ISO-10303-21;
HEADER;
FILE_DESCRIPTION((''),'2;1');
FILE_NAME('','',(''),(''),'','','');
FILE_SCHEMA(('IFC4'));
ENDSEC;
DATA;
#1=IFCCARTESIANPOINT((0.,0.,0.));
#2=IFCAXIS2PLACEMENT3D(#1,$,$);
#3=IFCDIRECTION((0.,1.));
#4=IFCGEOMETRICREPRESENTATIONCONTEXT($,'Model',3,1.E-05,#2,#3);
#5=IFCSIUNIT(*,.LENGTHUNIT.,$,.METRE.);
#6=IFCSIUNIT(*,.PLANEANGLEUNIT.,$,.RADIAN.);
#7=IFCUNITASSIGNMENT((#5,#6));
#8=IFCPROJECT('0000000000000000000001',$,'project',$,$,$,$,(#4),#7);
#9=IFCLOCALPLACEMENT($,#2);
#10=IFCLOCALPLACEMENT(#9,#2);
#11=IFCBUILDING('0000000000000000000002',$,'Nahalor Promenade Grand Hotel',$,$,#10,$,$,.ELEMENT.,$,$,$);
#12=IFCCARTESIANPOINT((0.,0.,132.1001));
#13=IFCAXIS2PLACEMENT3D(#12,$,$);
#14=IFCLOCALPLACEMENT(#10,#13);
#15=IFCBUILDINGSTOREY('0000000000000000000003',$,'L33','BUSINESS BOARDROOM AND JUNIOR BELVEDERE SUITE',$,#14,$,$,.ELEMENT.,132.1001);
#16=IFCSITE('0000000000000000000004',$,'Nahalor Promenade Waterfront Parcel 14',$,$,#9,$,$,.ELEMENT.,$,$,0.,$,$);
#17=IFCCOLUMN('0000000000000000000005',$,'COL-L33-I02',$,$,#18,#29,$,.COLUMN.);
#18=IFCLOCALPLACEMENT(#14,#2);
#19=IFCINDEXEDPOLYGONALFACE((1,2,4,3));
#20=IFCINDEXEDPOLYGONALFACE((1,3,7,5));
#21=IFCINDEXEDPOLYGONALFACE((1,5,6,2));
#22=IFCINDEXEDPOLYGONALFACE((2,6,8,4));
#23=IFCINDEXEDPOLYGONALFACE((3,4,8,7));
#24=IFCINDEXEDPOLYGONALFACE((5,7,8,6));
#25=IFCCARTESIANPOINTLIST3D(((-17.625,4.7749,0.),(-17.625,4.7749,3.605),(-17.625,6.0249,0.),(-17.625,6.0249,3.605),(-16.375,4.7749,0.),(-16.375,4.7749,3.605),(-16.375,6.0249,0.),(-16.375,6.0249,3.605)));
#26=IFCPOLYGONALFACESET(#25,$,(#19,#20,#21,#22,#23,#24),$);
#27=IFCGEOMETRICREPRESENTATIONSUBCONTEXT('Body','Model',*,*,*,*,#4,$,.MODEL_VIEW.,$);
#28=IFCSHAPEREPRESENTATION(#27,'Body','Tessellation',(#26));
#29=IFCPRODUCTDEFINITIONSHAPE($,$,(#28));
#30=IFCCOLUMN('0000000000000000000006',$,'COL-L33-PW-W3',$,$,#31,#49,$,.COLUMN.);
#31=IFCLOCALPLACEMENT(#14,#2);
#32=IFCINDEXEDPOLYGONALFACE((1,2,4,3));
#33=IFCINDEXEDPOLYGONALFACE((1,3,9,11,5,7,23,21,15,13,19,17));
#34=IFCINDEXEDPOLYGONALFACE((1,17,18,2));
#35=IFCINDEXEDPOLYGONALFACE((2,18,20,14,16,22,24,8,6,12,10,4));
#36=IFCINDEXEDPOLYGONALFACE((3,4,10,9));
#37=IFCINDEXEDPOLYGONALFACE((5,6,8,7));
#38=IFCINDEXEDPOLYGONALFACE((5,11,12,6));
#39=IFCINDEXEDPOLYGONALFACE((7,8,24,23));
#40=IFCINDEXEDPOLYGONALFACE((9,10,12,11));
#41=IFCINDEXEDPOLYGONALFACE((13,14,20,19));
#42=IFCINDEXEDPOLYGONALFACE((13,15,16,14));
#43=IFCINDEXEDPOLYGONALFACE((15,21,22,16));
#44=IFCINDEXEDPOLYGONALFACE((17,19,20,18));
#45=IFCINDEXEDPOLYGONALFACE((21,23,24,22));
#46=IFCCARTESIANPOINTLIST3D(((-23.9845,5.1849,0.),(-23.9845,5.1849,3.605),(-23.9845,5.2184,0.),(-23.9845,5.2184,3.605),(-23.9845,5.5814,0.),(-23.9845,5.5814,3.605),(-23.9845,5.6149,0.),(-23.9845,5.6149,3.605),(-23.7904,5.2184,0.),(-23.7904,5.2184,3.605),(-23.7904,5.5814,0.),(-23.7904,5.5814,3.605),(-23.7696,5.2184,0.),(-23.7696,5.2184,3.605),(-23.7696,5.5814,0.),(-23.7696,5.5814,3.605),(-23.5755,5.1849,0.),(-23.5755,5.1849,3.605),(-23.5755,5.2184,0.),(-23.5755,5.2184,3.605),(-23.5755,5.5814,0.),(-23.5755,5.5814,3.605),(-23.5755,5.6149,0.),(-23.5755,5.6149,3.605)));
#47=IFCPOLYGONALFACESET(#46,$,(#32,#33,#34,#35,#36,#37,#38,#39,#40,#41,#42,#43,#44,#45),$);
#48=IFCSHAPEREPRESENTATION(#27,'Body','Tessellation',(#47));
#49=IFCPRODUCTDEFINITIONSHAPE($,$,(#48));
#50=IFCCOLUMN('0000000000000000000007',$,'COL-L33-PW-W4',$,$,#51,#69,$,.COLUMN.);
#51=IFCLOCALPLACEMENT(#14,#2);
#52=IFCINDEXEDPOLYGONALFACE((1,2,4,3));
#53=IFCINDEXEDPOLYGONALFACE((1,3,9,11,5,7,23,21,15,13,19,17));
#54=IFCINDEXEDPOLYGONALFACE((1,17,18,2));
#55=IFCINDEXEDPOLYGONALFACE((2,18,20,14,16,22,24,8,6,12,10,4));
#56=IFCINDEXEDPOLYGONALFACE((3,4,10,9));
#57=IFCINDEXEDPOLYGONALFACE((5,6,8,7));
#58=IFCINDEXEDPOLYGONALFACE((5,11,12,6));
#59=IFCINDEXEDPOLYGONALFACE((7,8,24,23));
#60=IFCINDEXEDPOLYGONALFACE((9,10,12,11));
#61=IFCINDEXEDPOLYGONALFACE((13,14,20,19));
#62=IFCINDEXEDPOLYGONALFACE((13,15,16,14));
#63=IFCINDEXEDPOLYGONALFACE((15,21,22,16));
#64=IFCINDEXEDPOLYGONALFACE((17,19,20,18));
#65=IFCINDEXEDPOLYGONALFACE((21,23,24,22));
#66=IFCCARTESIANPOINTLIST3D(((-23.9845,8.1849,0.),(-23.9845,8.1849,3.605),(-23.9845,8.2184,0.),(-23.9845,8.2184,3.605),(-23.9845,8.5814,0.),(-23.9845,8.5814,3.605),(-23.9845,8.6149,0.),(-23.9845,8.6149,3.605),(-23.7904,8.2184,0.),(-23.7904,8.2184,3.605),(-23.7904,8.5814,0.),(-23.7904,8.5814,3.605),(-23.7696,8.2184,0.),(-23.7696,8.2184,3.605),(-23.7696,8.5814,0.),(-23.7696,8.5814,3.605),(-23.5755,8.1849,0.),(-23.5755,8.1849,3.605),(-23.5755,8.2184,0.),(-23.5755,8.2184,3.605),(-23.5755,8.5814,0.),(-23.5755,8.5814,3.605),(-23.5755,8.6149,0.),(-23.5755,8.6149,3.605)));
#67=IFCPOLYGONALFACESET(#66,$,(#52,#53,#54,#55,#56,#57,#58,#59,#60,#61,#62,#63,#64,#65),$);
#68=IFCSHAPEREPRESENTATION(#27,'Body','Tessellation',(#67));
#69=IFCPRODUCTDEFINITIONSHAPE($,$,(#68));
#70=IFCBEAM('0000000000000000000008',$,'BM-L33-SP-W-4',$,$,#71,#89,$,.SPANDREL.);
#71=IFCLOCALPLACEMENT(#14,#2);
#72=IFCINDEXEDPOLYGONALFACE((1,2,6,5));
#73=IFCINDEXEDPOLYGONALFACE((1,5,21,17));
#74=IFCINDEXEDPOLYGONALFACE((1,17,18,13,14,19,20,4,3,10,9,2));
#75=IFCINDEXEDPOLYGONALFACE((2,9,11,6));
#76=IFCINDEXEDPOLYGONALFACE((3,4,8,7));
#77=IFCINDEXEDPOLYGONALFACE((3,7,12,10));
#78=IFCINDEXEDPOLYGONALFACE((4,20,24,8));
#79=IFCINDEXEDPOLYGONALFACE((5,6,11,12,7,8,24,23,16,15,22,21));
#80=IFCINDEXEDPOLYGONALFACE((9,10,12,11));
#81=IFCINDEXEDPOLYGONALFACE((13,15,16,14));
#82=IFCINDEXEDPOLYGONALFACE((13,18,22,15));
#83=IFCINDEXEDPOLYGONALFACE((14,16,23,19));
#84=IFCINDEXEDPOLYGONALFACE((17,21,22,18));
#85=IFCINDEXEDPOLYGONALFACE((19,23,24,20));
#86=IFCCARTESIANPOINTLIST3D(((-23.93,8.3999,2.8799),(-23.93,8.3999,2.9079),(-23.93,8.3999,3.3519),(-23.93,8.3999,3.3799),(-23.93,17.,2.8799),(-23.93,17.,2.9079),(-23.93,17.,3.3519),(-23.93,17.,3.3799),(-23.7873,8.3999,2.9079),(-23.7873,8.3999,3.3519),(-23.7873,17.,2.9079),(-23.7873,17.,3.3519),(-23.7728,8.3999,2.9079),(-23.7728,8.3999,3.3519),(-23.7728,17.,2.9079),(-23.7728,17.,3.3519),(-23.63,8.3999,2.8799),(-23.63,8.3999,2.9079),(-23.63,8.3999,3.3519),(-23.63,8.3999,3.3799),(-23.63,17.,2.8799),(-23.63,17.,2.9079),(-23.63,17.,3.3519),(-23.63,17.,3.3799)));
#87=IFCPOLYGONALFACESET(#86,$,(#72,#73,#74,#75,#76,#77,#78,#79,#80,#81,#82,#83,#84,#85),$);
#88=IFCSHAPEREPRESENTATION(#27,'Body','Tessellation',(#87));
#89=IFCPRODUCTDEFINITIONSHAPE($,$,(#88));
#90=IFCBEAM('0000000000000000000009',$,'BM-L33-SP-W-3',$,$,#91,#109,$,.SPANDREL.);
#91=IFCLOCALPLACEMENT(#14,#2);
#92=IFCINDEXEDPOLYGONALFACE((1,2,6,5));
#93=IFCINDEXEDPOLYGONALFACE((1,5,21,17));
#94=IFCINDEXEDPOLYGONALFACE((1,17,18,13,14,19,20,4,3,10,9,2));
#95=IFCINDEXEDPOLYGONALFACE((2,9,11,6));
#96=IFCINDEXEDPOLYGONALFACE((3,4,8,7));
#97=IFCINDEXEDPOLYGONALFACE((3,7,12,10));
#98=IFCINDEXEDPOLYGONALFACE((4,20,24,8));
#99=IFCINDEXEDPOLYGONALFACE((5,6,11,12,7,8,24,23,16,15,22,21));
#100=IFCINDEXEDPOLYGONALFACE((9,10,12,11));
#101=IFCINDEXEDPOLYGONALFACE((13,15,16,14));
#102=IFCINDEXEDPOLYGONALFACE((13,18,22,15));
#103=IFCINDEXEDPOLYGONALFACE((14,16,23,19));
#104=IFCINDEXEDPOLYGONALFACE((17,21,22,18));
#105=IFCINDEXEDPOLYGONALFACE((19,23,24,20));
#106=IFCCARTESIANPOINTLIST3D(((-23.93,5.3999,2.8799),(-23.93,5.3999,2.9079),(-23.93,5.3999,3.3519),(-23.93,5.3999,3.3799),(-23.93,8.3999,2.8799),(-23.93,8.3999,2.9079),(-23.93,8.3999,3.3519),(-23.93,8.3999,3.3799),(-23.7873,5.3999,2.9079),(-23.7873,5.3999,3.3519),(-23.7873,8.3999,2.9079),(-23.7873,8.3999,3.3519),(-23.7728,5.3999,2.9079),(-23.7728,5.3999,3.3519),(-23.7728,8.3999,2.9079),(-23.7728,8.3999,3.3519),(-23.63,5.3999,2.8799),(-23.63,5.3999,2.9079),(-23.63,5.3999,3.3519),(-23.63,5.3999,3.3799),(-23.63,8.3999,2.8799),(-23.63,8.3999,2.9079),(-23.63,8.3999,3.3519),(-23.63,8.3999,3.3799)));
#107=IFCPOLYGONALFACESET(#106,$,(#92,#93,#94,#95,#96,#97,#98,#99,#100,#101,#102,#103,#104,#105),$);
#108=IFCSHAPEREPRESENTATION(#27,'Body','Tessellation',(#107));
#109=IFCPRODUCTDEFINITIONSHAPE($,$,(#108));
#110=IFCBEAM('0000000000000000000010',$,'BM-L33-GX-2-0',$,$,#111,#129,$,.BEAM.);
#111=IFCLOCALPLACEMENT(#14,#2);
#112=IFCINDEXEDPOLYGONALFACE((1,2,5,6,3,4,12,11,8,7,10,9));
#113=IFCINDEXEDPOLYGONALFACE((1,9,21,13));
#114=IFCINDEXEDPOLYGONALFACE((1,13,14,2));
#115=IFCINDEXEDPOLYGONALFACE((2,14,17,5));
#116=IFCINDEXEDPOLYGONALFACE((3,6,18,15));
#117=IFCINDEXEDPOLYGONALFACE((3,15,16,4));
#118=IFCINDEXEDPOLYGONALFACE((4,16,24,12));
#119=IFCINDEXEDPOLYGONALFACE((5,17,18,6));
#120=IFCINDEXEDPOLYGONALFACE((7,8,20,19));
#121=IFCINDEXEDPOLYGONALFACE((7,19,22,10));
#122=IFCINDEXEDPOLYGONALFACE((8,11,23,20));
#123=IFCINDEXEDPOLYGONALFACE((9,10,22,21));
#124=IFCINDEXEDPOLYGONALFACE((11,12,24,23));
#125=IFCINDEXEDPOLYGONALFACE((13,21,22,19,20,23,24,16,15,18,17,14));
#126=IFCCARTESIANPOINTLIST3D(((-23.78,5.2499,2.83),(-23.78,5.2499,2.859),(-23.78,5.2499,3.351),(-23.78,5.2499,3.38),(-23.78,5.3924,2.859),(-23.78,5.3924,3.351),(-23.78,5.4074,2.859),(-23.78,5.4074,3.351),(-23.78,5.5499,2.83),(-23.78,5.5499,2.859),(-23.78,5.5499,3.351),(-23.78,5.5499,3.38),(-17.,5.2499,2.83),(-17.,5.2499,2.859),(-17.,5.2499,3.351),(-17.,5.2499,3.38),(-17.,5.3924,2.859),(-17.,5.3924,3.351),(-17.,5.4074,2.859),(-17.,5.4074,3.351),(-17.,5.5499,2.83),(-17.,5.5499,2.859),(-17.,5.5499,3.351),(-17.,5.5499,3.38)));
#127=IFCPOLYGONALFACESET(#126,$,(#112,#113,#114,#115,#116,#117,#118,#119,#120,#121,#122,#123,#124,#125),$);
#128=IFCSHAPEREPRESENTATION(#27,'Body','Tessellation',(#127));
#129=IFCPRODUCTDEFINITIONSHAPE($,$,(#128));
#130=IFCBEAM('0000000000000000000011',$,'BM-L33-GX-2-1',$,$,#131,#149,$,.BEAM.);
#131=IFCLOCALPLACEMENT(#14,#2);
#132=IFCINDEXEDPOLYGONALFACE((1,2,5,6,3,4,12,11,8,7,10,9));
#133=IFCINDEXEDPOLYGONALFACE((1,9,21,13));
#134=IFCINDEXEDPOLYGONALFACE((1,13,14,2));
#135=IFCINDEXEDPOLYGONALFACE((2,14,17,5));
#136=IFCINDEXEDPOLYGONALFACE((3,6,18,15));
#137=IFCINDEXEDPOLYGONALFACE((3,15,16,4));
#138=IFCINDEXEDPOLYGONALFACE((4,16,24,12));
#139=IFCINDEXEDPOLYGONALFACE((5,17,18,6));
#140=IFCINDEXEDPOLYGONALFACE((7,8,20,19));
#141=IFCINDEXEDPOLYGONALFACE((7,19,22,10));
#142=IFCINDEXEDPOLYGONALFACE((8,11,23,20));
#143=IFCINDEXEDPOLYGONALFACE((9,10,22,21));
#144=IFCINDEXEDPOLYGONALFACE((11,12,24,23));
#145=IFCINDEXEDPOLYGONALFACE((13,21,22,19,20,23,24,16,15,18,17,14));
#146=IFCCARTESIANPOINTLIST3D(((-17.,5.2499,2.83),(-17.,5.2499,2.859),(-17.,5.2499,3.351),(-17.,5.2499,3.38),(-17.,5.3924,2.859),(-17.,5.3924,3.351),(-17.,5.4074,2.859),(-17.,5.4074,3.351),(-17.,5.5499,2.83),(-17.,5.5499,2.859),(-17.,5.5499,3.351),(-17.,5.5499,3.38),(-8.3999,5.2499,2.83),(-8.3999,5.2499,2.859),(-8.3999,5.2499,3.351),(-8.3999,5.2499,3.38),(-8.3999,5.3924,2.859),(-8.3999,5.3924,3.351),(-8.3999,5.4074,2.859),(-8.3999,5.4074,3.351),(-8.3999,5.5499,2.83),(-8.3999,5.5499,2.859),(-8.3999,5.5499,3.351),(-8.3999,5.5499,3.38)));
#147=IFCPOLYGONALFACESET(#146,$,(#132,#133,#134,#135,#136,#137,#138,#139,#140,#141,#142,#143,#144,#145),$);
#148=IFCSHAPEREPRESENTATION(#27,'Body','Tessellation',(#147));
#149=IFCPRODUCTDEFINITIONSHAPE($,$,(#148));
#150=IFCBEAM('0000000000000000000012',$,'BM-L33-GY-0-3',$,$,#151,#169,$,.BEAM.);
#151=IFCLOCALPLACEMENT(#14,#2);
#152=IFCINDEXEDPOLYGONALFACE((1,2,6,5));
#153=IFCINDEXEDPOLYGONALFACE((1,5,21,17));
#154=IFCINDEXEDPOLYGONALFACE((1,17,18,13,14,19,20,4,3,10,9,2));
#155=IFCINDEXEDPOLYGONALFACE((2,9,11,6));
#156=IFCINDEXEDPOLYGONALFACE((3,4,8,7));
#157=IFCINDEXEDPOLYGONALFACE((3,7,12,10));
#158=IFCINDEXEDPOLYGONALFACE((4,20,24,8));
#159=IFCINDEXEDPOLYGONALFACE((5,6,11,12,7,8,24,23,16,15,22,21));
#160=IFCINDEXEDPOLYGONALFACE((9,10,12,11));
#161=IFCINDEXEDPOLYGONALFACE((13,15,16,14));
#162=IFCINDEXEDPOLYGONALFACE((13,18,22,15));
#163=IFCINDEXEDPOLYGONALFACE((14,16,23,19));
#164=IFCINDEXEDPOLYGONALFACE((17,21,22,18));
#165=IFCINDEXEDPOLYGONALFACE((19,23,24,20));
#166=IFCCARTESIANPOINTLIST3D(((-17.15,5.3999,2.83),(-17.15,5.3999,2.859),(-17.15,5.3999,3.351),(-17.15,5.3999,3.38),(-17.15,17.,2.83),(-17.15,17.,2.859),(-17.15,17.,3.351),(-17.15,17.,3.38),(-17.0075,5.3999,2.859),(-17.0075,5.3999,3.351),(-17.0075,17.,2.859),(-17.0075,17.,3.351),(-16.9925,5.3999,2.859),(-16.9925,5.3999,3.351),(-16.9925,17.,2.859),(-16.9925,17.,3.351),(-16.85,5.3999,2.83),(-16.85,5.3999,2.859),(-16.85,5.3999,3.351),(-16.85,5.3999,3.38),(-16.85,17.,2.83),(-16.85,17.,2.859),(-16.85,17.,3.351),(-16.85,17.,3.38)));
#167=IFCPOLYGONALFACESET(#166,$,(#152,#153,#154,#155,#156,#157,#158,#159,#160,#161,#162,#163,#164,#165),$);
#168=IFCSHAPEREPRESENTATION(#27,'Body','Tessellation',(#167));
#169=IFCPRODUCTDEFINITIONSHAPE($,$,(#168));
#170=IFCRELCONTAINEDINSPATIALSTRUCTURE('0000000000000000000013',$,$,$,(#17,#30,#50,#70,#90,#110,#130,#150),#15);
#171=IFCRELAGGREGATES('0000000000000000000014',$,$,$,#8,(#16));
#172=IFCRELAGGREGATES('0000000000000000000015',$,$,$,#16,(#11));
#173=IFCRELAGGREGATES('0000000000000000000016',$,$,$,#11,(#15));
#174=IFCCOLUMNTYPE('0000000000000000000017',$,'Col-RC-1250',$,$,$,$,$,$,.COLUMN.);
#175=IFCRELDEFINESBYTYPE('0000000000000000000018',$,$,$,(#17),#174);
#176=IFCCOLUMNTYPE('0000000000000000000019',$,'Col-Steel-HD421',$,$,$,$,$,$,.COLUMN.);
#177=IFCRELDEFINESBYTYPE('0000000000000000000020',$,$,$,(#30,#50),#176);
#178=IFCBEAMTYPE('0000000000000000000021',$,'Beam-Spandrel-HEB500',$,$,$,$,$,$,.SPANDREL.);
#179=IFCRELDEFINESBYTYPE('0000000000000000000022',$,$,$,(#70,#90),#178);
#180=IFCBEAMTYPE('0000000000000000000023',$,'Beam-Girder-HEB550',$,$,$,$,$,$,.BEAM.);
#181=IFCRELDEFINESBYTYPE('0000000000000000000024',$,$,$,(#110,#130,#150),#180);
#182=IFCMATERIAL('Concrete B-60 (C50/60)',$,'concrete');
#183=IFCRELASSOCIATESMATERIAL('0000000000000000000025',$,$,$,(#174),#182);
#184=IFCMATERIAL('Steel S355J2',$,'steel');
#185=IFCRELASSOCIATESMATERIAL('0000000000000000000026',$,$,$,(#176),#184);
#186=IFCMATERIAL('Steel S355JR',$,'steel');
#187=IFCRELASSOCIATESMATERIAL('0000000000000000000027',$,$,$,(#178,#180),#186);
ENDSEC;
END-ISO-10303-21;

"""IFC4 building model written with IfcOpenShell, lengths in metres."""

from ifc_helpers import new_model, si_unit, direction, frame, origin, origin_2d, place, context, subcontext, project, spatial, rectangle, i_section, extrude, source, transform, mapped, material, material_profile, profile_set, type_object, element, save


model = new_model("IFC4")

# Units and contexts
model_context = context("Model", 3, precision=1e-05, world=origin(), true_north=direction((0.0, 1.0)))
body_context = subcontext(model_context, "Body", "Model", "MODEL_VIEW")
ifc_project = project(units=[si_unit("LENGTHUNIT", "METRE"), si_unit("PLANEANGLEUNIT", "RADIAN")], contexts=[model_context])

# Site, building, storey
site_placement = place(None, origin())
site = spatial("IfcSite", under=ifc_project, at=site_placement, Name="Nahalor Promenade Waterfront Parcel 14", CompositionType="ELEMENT", RefElevation=0.0)
building_placement = place(site_placement, origin())
building = spatial("IfcBuilding", under=site, at=building_placement, Name="Nahalor Promenade Grand Hotel", CompositionType="ELEMENT")
storey_placement = place(building_placement, frame((0.0, 0.0, 132.1001)))
storey = spatial("IfcBuildingStorey", under=building, at=storey_placement, Name="L33", Description="BUSINESS BOARDROOM AND JUNIOR BELVEDERE SUITE", CompositionType="ELEMENT", Elevation=132.1001)

# Columns
ifc_material_1 = material(Name="Concrete B-60 (C50/60)", Category="concrete")
ifc_material_profile_1 = material_profile(ifc_material_1, rectangle(XDim=1.25, YDim=1.25, at=origin_2d()), Name="RC 1250x1250")
ifc_profile_set_1 = profile_set([ifc_material_profile_1], Name="Concrete B-60 (C50/60)")
column_type_1 = type_object("IfcColumnType", Name="Col-RC-1250", PredefinedType="COLUMN", material=ifc_profile_set_1)
shared_shape_1 = source(origin(), body_context, "Body", "SweptSolid", [
    extrude(rectangle(XDim=1.25, YDim=1.25, at=origin_2d()), origin(), (0.0, 0.0, 1.0), 3.605),
])
column_placement = place(storey_placement, frame((-17.0, 5.3999, 0.0), z_axis=(0.0, 0.0, 1.0), x_axis=(1.0, 0.0, 0.0)))
element("IfcColumn", 1, at=column_placement, inside=storey, type_object=column_type_1, Name="COL-L33-I02", PredefinedType="COLUMN", context=body_context, shape_type="MappedRepresentation", body=[
    mapped(shared_shape_1, transform((0.0, 0.0, 0.0), scale=1.0)),
])
ifc_material_2 = material(Name="Steel S355J2", Category="steel")
ifc_material_profile_2 = material_profile(ifc_material_2, i_section(OverallWidth=0.409, OverallDepth=0.43, WebThickness=0.0208, FlangeThickness=0.0335, at=origin_2d()), Name="HD 400x421")
ifc_profile_set_2 = profile_set([ifc_material_profile_2], Name="Steel S355J2")
column_type_2 = type_object("IfcColumnType", Name="Col-Steel-HD421", PredefinedType="COLUMN", material=ifc_profile_set_2)
shared_shape_2 = source(origin(), body_context, "Body", "SweptSolid", [
    extrude(i_section(OverallWidth=0.409, OverallDepth=0.43, WebThickness=0.0208, FlangeThickness=0.0335, at=origin_2d()), origin(), (0.0, 0.0, 1.0), 3.605),
])
for number, where, z_axis, x_axis, name in (
    (2, (-23.78, 5.3999, 0.0), (0.0, 0.0, 1.0), (1.0, 0.0, 0.0), "COL-L33-PW-W3"),
    (3, (-23.78, 8.3999, 0.0), (0.0, 0.0, 1.0), (1.0, 0.0, 0.0), "COL-L33-PW-W4"),
):
    element("IfcColumn", number, at=place(storey_placement, frame(where, z_axis=z_axis, x_axis=x_axis)), inside=storey, type_object=column_type_2, Name=name, PredefinedType="COLUMN", context=body_context, shape_type="MappedRepresentation", body=[
        mapped(shared_shape_2, transform((0.0, 0.0, 0.0), scale=1.0)),
    ])

# Beams
ifc_material_3 = material(Name="Steel S355JR", Category="steel")
ifc_material_profile_3 = material_profile(ifc_material_3, i_section(OverallWidth=0.3, OverallDepth=0.5, WebThickness=0.0145, FlangeThickness=0.028, at=origin_2d()), Name="HEB 500")
ifc_profile_set_3 = profile_set([ifc_material_profile_3], Name="Steel S355JR")
beam_type_1 = type_object("IfcBeamType", Name="Beam-Spandrel-HEB500", PredefinedType="SPANDREL", material=ifc_profile_set_3)
shared_shape_3 = source(origin(), body_context, "Body", "SweptSolid", [
    extrude(i_section(OverallWidth=0.3, OverallDepth=0.5, WebThickness=0.0145, FlangeThickness=0.028, at=origin_2d()), origin(), (0.0, 0.0, 1.0), 8.6001),
])
beam_1_placement = place(storey_placement, frame((-23.78, 8.3999, 3.1299), z_axis=(0.0, 1.0, 0.0), x_axis=(-1.0, 0.0, 0.0)))
element("IfcBeam", 4, at=beam_1_placement, inside=storey, type_object=beam_type_1, Name="BM-L33-SP-W-4", PredefinedType="SPANDREL", context=body_context, shape_type="MappedRepresentation", body=[
    mapped(shared_shape_3, transform((0.0, 0.0, 0.0), scale=1.0)),
])
shared_shape_4 = source(origin(), body_context, "Body", "SweptSolid", [
    extrude(i_section(OverallWidth=0.3, OverallDepth=0.5, WebThickness=0.0145, FlangeThickness=0.028, at=origin_2d()), origin(), (0.0, 0.0, 1.0), 3.0),
])
beam_2_placement = place(storey_placement, frame((-23.78, 5.3999, 3.1299), z_axis=(0.0, 1.0, 0.0), x_axis=(-1.0, 0.0, 0.0)))
element("IfcBeam", 5, at=beam_2_placement, inside=storey, type_object=beam_type_1, Name="BM-L33-SP-W-3", PredefinedType="SPANDREL", context=body_context, shape_type="MappedRepresentation", body=[
    mapped(shared_shape_4, transform((0.0, 0.0, 0.0), scale=1.0)),
])
ifc_material_profile_4 = material_profile(ifc_material_3, i_section(OverallWidth=0.3, OverallDepth=0.55, WebThickness=0.015, FlangeThickness=0.029, at=origin_2d()), Name="HEB 550")
ifc_profile_set_4 = profile_set([ifc_material_profile_4], Name="Steel S355JR")
beam_type_2 = type_object("IfcBeamType", Name="Beam-Girder-HEB550", PredefinedType="BEAM", material=ifc_profile_set_4)
shared_shape_5 = source(origin(), body_context, "Body", "SweptSolid", [
    extrude(i_section(OverallWidth=0.3, OverallDepth=0.55, WebThickness=0.015, FlangeThickness=0.029, at=origin_2d()), origin(), (0.0, 0.0, 1.0), 6.78),
])
beam_3_placement = place(storey_placement, frame((-23.78, 5.3999, 3.105), z_axis=(1.0, 0.0, 0.0), x_axis=(0.0, 1.0, 0.0)))
element("IfcBeam", 6, at=beam_3_placement, inside=storey, type_object=beam_type_2, Name="BM-L33-GX-2-0", PredefinedType="BEAM", context=body_context, shape_type="MappedRepresentation", body=[
    mapped(shared_shape_5, transform((0.0, 0.0, 0.0), scale=1.0)),
])
shared_shape_6 = source(origin(), body_context, "Body", "SweptSolid", [
    extrude(i_section(OverallWidth=0.3, OverallDepth=0.55, WebThickness=0.015, FlangeThickness=0.029, at=origin_2d()), origin(), (0.0, 0.0, 1.0), 8.6001),
])
beam_4_placement = place(storey_placement, frame((-17.0, 5.3999, 3.105), z_axis=(1.0, 0.0, 0.0), x_axis=(0.0, 1.0, 0.0)))
element("IfcBeam", 7, at=beam_4_placement, inside=storey, type_object=beam_type_2, Name="BM-L33-GX-2-1", PredefinedType="BEAM", context=body_context, shape_type="MappedRepresentation", body=[
    mapped(shared_shape_6, transform((0.0, 0.0, 0.0), scale=1.0)),
])
shared_shape_7 = source(origin(), body_context, "Body", "SweptSolid", [
    extrude(i_section(OverallWidth=0.3, OverallDepth=0.55, WebThickness=0.015, FlangeThickness=0.029, at=origin_2d()), origin(), (0.0, 0.0, 1.0), 11.6001),
])
beam_5_placement = place(storey_placement, frame((-17.0, 5.3999, 3.105), z_axis=(0.0, 1.0, 0.0), x_axis=(-1.0, 0.0, 0.0)))
element("IfcBeam", 8, at=beam_5_placement, inside=storey, type_object=beam_type_2, Name="BM-L33-GY-0-3", PredefinedType="BEAM", context=body_context, shape_type="MappedRepresentation", body=[
    mapped(shared_shape_7, transform((0.0, 0.0, 0.0), scale=1.0)),
])

save(model, "model.ifc")
